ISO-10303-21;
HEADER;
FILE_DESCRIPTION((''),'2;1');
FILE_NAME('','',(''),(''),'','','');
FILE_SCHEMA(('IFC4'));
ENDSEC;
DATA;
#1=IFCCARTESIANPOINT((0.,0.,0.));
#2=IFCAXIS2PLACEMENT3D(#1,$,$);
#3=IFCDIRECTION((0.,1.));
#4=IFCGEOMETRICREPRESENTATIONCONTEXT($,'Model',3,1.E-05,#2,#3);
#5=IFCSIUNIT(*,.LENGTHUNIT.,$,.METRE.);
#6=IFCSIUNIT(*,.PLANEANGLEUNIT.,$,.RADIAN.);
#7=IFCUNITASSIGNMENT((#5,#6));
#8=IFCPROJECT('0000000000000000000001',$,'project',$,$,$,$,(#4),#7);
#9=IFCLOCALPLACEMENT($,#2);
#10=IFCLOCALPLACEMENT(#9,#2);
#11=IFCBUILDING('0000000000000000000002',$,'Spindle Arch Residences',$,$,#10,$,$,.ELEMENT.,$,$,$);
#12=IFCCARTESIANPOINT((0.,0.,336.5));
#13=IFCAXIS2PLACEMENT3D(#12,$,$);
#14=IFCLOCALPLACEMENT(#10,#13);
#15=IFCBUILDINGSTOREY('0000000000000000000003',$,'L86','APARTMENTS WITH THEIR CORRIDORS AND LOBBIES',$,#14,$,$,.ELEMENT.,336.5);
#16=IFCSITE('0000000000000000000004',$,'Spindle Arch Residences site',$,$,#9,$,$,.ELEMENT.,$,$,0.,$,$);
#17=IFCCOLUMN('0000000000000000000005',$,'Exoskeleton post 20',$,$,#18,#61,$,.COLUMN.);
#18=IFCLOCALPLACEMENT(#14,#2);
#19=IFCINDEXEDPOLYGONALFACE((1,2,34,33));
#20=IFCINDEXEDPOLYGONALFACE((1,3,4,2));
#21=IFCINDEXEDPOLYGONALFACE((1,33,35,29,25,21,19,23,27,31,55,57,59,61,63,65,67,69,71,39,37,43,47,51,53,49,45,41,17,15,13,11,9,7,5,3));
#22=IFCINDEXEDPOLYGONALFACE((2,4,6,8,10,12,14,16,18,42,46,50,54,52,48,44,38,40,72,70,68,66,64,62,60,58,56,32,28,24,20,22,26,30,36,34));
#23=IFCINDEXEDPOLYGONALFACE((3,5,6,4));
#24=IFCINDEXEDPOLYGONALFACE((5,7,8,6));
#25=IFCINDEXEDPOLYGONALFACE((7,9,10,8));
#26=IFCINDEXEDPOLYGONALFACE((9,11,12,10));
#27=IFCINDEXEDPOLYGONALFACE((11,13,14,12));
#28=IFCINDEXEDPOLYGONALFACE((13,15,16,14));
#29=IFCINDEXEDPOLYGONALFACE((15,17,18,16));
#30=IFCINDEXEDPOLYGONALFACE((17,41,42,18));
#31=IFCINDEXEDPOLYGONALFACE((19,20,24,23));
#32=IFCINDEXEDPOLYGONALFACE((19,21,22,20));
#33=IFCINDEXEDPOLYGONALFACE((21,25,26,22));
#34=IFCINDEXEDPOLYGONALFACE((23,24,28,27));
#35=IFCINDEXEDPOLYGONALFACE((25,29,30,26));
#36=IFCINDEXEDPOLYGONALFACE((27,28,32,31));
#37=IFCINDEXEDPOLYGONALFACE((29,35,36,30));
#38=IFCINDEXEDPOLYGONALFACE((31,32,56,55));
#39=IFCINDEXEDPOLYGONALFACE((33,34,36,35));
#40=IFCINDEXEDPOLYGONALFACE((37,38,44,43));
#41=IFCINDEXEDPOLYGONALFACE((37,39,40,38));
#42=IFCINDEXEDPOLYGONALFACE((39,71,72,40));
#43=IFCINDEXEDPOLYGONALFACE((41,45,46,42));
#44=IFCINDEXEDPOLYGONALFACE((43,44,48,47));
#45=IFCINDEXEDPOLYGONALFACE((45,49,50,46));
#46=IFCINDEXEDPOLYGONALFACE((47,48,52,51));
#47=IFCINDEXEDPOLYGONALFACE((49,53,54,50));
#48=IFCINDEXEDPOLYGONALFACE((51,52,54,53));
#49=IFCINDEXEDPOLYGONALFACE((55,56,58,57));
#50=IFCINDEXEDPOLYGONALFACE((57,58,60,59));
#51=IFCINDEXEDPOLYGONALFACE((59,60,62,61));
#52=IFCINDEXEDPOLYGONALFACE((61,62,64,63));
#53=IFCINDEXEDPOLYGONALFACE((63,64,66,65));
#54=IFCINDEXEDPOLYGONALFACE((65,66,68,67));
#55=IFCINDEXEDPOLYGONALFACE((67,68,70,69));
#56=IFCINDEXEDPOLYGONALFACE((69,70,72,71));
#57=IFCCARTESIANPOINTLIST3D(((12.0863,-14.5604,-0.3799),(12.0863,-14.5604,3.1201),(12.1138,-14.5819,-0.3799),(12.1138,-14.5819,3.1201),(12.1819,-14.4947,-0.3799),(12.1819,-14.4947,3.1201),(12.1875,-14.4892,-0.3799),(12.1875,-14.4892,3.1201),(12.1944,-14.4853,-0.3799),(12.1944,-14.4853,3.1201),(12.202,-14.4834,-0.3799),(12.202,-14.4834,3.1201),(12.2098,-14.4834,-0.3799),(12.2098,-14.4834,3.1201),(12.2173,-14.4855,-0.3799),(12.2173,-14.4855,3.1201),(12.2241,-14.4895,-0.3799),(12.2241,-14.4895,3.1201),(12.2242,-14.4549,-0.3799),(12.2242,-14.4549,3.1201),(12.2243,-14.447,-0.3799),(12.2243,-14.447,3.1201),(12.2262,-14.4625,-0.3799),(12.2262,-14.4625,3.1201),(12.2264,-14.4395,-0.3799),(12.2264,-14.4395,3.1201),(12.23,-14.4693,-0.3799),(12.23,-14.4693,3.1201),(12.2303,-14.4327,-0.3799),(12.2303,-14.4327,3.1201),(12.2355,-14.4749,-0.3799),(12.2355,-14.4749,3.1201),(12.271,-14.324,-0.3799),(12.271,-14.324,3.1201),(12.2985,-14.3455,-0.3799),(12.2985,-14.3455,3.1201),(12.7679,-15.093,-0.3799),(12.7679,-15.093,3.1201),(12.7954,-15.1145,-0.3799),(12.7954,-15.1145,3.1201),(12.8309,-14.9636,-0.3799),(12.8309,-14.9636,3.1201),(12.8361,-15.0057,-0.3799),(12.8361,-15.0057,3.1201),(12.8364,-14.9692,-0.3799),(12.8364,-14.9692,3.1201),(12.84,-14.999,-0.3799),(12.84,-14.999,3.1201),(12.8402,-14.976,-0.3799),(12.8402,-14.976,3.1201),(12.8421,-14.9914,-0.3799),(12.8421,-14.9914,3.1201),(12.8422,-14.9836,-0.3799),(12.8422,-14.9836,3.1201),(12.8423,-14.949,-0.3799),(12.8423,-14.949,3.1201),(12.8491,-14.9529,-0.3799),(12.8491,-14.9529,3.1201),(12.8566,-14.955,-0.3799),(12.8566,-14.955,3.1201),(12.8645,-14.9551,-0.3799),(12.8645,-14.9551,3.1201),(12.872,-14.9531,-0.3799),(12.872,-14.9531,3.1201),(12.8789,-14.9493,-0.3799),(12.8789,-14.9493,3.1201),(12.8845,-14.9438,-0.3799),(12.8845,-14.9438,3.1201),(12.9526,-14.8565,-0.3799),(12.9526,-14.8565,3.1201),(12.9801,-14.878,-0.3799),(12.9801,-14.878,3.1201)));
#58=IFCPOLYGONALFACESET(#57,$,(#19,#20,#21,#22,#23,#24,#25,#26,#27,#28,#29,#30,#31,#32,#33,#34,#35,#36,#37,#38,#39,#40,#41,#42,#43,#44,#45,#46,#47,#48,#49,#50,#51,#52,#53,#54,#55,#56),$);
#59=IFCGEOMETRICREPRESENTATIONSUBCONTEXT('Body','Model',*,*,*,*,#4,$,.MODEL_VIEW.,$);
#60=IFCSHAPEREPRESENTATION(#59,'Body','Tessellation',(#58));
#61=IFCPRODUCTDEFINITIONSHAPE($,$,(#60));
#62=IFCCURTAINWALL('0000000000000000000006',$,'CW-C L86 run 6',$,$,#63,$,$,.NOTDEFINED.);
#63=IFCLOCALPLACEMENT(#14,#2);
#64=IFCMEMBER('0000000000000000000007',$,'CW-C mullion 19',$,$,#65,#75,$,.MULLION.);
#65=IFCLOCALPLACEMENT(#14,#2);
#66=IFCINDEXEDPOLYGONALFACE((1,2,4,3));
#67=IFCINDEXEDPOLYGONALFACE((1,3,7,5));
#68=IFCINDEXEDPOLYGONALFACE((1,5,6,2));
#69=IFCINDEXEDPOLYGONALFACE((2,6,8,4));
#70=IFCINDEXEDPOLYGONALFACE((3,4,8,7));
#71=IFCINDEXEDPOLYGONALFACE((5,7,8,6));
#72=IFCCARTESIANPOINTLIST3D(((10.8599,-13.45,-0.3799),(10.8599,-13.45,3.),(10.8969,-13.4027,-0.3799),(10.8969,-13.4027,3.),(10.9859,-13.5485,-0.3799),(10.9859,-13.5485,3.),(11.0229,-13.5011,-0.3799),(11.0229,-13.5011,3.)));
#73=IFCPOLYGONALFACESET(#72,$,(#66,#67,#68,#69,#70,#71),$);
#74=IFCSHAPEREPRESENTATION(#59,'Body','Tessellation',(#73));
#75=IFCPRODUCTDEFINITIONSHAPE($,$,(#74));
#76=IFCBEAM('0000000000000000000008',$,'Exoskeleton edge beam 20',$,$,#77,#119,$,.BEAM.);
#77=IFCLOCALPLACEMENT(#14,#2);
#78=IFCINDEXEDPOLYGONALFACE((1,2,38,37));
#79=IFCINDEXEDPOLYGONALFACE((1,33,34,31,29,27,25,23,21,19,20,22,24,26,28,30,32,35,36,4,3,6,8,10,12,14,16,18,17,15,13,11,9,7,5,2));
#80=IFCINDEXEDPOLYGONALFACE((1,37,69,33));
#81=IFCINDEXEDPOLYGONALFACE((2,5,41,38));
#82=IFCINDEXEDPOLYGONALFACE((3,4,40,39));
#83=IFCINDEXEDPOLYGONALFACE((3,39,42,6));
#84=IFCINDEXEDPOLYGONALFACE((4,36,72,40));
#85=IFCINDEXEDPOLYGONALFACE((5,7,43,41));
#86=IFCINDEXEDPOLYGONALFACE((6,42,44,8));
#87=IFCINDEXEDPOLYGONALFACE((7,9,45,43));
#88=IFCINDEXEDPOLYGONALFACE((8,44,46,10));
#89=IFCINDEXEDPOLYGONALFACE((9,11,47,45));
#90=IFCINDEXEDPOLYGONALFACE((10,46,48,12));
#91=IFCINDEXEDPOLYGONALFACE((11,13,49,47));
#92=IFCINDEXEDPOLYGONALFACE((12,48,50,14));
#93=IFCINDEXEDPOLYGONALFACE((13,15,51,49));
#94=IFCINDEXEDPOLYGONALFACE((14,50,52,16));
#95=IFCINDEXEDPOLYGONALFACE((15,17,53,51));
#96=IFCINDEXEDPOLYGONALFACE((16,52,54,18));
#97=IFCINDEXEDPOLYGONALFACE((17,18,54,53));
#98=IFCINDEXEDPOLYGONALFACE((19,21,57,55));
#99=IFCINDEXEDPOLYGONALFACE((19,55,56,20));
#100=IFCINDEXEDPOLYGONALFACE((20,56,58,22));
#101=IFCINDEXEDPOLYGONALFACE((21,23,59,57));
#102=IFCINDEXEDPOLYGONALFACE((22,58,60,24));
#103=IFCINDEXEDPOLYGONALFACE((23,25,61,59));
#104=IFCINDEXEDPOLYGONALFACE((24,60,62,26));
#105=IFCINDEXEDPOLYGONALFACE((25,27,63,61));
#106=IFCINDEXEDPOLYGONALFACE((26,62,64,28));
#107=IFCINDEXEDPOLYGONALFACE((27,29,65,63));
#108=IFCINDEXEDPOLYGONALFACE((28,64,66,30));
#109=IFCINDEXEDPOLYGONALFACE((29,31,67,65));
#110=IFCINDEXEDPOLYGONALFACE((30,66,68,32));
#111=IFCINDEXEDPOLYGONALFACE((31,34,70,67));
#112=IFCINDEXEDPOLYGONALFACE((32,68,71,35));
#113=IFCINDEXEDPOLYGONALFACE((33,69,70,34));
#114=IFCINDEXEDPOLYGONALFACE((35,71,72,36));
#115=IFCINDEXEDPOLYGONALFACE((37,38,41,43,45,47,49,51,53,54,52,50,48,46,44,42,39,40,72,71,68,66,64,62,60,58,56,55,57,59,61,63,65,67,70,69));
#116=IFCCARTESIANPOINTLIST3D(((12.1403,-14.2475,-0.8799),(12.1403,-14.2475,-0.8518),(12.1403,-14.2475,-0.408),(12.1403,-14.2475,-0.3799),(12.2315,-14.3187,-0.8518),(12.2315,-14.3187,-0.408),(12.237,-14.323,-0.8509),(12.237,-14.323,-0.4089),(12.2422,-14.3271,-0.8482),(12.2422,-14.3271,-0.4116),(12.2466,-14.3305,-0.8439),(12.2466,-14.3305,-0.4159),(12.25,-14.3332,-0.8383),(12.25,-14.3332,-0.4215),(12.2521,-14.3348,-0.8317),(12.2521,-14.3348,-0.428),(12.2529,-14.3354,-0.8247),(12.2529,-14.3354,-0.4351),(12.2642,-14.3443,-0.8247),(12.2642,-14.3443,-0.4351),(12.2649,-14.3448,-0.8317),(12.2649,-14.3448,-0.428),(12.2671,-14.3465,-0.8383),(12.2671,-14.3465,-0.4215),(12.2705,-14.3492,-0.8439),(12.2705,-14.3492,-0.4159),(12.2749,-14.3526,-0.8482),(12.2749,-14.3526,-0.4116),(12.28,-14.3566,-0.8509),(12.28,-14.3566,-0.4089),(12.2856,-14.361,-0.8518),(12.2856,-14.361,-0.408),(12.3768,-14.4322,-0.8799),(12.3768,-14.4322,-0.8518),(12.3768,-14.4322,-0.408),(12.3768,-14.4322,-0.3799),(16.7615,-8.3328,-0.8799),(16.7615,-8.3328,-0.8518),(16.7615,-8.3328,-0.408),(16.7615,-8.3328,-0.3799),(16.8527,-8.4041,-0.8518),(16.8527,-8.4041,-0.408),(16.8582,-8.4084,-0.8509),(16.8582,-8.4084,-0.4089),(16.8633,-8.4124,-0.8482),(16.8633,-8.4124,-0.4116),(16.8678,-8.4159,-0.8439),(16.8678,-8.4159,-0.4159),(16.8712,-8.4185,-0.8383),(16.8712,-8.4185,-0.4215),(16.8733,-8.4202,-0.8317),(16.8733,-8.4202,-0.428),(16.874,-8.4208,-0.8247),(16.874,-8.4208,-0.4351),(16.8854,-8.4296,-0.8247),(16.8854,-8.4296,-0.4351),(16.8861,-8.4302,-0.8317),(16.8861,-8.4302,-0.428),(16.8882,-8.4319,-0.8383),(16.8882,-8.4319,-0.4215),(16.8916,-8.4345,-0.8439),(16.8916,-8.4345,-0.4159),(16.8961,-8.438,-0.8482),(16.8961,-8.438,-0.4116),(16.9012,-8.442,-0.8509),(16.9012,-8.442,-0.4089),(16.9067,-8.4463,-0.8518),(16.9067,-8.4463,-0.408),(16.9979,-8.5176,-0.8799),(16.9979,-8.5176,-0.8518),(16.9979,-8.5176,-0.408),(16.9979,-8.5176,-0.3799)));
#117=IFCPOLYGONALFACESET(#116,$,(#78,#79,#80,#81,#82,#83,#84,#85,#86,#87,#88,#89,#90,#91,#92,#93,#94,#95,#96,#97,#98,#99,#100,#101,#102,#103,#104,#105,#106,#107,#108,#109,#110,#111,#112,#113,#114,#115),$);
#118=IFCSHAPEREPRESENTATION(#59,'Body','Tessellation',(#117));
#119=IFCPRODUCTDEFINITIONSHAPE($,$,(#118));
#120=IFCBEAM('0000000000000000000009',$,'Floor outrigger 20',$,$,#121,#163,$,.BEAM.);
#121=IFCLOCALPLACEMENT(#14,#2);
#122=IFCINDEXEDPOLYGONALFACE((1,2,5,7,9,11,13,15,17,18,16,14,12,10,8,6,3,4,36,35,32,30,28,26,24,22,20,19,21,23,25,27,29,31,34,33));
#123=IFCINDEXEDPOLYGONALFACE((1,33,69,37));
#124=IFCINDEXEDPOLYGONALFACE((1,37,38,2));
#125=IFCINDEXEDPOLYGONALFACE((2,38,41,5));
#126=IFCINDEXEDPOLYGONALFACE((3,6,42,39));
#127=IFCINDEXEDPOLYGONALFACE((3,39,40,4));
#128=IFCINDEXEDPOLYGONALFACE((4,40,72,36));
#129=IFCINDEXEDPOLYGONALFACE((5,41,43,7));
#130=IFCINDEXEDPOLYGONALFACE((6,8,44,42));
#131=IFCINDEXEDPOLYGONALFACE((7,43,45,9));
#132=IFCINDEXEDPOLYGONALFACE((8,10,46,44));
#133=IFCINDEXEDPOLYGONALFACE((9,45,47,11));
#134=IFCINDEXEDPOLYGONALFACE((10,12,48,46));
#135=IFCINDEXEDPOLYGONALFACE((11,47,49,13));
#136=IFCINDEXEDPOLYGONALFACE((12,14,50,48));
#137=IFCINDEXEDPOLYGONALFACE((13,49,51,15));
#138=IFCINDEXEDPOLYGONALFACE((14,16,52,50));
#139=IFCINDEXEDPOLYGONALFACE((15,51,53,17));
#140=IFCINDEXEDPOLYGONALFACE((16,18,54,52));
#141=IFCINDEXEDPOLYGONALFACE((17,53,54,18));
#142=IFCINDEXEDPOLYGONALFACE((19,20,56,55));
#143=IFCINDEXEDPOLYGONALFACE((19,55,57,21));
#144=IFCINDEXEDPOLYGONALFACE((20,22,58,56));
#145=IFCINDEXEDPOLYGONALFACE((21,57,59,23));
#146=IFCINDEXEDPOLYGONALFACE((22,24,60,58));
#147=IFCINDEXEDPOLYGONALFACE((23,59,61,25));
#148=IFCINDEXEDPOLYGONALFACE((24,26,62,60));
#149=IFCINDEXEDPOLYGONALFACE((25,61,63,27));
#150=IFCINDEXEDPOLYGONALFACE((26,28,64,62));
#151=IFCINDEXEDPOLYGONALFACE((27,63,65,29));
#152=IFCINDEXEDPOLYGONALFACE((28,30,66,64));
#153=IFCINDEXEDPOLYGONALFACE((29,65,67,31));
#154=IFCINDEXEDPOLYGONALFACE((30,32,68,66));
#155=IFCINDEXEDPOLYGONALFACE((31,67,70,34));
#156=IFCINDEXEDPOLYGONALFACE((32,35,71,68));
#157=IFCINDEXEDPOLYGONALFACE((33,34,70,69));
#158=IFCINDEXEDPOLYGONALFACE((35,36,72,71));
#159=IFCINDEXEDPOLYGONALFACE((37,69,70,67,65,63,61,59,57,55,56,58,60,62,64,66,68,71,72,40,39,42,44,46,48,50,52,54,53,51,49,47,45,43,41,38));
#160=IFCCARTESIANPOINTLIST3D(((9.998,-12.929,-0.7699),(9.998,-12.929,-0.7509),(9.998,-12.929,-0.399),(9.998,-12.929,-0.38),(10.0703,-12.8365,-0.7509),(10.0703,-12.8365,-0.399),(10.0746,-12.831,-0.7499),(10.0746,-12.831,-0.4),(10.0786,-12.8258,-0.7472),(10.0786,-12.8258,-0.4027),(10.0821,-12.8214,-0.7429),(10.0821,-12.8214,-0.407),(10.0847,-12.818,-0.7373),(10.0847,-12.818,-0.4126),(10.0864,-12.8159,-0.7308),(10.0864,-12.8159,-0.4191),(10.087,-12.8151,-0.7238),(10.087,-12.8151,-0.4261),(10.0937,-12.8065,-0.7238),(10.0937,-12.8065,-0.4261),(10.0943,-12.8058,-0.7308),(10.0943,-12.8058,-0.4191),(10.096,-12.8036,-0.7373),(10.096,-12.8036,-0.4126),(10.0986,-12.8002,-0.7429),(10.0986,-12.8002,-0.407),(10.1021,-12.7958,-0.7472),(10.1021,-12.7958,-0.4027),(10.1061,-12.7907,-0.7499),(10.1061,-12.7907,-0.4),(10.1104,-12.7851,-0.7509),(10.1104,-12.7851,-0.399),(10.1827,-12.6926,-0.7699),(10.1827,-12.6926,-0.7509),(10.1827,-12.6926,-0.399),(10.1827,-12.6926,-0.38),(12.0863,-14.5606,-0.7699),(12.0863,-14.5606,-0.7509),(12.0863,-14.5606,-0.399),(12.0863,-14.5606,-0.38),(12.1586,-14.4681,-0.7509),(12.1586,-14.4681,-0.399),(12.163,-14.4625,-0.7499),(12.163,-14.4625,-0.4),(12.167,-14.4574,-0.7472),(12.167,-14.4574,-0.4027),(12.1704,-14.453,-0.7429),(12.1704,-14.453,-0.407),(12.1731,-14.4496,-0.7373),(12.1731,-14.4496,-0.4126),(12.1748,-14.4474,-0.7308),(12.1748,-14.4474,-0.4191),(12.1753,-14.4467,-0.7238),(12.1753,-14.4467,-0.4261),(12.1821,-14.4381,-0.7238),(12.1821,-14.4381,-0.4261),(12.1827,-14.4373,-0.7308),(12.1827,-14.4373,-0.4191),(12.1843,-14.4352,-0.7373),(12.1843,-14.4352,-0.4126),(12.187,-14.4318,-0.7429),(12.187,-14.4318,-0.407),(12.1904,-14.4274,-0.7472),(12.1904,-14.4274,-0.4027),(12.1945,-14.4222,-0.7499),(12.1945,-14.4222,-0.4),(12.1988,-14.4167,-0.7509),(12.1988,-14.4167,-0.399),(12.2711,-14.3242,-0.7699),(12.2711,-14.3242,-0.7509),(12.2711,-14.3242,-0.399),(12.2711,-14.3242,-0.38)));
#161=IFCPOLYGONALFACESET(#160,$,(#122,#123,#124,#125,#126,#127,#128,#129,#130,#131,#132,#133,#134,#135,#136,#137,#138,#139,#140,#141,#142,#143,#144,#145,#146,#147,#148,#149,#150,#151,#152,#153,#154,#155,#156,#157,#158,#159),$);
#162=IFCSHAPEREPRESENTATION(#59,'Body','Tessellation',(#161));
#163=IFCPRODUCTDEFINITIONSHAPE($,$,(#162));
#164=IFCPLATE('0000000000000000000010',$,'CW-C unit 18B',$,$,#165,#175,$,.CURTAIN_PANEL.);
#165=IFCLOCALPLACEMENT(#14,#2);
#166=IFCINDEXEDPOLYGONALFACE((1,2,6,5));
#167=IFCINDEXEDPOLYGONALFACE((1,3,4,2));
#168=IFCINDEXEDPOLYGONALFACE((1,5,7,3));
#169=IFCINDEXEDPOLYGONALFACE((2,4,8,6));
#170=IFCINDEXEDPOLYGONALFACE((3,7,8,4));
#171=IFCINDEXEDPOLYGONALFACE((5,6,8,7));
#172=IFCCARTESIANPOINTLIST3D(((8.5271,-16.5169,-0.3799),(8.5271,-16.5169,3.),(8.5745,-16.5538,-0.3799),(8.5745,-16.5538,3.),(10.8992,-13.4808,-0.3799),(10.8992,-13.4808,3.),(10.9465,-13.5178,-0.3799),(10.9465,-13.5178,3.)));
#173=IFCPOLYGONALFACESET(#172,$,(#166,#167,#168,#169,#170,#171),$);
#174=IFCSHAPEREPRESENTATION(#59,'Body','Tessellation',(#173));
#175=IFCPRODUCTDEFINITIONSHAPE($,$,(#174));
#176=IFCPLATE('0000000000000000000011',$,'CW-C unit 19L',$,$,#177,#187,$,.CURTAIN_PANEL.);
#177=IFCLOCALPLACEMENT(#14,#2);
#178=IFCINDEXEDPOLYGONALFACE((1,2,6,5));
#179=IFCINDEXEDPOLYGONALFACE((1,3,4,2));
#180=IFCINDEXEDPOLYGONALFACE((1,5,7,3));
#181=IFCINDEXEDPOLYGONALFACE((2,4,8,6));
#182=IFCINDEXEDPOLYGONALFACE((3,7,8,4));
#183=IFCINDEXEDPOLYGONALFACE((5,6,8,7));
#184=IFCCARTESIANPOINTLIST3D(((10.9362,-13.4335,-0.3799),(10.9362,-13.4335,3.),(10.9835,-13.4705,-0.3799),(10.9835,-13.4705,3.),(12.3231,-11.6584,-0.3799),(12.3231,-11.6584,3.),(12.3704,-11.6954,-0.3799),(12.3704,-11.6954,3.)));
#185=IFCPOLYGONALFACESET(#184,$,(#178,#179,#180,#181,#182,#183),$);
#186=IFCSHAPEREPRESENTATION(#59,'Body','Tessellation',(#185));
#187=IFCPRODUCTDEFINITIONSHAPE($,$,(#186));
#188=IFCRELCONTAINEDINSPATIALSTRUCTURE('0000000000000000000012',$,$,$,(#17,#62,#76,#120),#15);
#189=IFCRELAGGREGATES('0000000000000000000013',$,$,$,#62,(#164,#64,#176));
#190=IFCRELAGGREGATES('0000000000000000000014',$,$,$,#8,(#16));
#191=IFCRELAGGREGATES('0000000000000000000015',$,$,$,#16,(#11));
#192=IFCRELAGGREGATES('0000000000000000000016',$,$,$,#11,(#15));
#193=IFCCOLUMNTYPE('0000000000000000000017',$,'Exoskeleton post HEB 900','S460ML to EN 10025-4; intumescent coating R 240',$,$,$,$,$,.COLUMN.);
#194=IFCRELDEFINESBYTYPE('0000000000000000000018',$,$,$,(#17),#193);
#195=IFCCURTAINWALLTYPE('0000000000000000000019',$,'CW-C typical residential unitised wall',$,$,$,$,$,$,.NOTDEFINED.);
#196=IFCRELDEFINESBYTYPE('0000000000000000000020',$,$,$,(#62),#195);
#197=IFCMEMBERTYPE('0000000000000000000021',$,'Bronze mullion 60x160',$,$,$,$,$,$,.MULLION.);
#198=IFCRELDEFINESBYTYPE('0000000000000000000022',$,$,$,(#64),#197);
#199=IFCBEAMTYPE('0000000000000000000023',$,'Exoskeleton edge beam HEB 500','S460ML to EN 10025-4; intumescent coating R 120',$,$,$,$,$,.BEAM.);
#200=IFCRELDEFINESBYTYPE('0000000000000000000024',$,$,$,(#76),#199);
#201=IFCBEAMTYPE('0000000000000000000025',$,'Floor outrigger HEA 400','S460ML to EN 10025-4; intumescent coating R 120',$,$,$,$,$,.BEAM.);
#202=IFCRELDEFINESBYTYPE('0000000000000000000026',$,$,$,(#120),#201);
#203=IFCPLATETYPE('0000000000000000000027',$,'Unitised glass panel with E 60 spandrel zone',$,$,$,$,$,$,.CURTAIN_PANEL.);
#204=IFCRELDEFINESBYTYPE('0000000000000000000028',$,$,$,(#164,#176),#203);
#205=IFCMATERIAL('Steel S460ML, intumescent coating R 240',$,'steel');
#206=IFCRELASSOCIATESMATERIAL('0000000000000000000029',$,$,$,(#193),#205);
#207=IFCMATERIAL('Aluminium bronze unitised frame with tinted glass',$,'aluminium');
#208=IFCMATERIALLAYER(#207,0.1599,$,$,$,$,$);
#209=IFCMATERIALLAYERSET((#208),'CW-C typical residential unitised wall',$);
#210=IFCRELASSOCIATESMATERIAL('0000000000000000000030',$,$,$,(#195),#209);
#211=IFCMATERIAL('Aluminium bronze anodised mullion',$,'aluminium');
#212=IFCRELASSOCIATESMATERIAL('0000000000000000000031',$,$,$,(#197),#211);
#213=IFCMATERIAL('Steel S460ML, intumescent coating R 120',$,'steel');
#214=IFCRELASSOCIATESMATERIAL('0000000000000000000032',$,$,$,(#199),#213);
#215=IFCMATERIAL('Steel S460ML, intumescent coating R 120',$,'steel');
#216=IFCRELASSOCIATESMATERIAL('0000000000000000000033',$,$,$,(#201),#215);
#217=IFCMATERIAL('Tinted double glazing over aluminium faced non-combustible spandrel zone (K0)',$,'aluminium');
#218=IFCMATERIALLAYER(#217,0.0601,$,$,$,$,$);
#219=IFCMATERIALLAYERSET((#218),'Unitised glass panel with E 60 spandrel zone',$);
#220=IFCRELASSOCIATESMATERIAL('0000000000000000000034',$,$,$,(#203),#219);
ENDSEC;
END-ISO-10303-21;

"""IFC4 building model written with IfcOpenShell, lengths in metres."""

from ifc_helpers import new_model, si_unit, direction, frame, origin, origin_2d, place, context, subcontext, project, spatial, rectangle, i_section, extrude, material, layer, layer_set, material_profile, profile_set, type_object, element, aggregate, save


model = new_model("IFC4")

# Units and contexts
model_context = context("Model", 3, precision=1e-05, world=origin(), true_north=direction((0.0, 1.0)))
body_context = subcontext(model_context, "Body", "Model", "MODEL_VIEW")
ifc_project = project(units=[si_unit("LENGTHUNIT", "METRE"), si_unit("PLANEANGLEUNIT", "RADIAN")], contexts=[model_context])

# Site, building, storey
site_placement = place(None, origin())
site = spatial("IfcSite", under=ifc_project, at=site_placement, Name="Spindle Arch Residences site", CompositionType="ELEMENT", RefElevation=0.0)
building_placement = place(site_placement, origin())
building = spatial("IfcBuilding", under=site, at=building_placement, Name="Spindle Arch Residences", CompositionType="ELEMENT")
storey_placement = place(building_placement, frame((0.0, 0.0, 336.5)))
storey = spatial("IfcBuildingStorey", under=building, at=storey_placement, Name="L86", Description="APARTMENTS WITH THEIR CORRIDORS AND LOBBIES", CompositionType="ELEMENT", Elevation=336.5)

# Column
ifc_material_1 = material(Name="Steel S460ML, intumescent coating R 240", Category="steel")
ifc_material_profile_1 = material_profile(ifc_material_1, i_section(OverallWidth=0.3, OverallDepth=0.8999, WebThickness=0.0186, FlangeThickness=0.0349, FilletRadius=0.03, at=origin_2d()), Name="HEB 900")
ifc_profile_set_1 = profile_set([ifc_material_profile_1], Name="Steel S460ML, intumescent coating R 240")
column_type = type_object("IfcColumnType", Name="Exoskeleton post HEB 900", Description="S460ML to EN 10025-4; intumescent coating R 240", PredefinedType="COLUMN", material=ifc_profile_set_1)
column_placement = place(storey_placement, frame((12.5332, -14.7192, -0.3799), z_axis=(0.0, 0.0, 1.0), x_axis=(-0.615661, -0.788011, 0.0)))
element("IfcColumn", 1, at=column_placement, inside=storey, type_object=column_type, Name="Exoskeleton post 20", PredefinedType="COLUMN", context=body_context, shape_type="SweptSolid", body=[
    extrude(i_section(OverallWidth=0.3, OverallDepth=0.8999, WebThickness=0.0186, FlangeThickness=0.0349, FilletRadius=0.03, at=origin_2d()), origin(), (0.0, 0.0, 1.0), 3.5),
])

# Curtain wall, member
ifc_material_2 = material(Name="Aluminium bronze unitised frame with tinted glass", Category="aluminium")
ifc_layer_1 = layer(ifc_material_2, 0.1599)
ifc_layer_set_1 = layer_set([ifc_layer_1], Name="CW-C typical residential unitised wall")
curtain_wall_type = type_object("IfcCurtainWallType", Name="CW-C typical residential unitised wall", PredefinedType="NOTDEFINED", material=ifc_layer_set_1)
curtain_wall_placement = place(storey_placement, origin())
curtain_wall = element("IfcCurtainWall", 2, at=curtain_wall_placement, inside=storey, type_object=curtain_wall_type, Name="CW-C L86 run 6", PredefinedType="NOTDEFINED")
ifc_material_3 = material(Name="Aluminium bronze anodised mullion", Category="aluminium")
ifc_material_profile_2 = material_profile(ifc_material_3, rectangle(XDim=0.1599, YDim=0.0601, at=origin_2d()), Name="MU 60x160")
ifc_profile_set_2 = profile_set([ifc_material_profile_2], Name="Aluminium bronze anodised mullion")
member_type = type_object("IfcMemberType", Name="Bronze mullion 60x160", PredefinedType="MULLION", material=ifc_profile_set_2)
member_placement = place(storey_placement, frame((10.9414, -13.4756, -0.3799), z_axis=(0.0, 0.0, 1.0), x_axis=(-0.788011, 0.615661, 0.0)))
member = element("IfcMember", 3, at=member_placement, type_object=member_type, Name="CW-C mullion 19", PredefinedType="MULLION", context=body_context, shape_type="SweptSolid", body=[
    extrude(rectangle(XDim=0.1599, YDim=0.0601, at=origin_2d()), origin(), (0.0, 0.0, 1.0), 3.3799),
])

# Beams
ifc_material_4 = material(Name="Steel S460ML, intumescent coating R 120", Category="steel")
ifc_material_profile_3 = material_profile(ifc_material_4, i_section(OverallWidth=0.3, OverallDepth=0.5, WebThickness=0.0144, FlangeThickness=0.0281, FilletRadius=0.0271, at=origin_2d()), Name="HEB 500")
ifc_profile_set_3 = profile_set([ifc_material_profile_3], Name="Steel S460ML, intumescent coating R 120")
beam_type_1 = type_object("IfcBeamType", Name="Exoskeleton edge beam HEB 500", Description="S460ML to EN 10025-4; intumescent coating R 120", PredefinedType="BEAM", material=ifc_profile_set_3)
beam_1_placement = place(storey_placement, frame((12.2585, -14.3398, -0.6299), z_axis=(0.615673, 0.788002, 0.0), x_axis=(-0.788002, 0.615673, 0.0)))
element("IfcBeam", 4, at=beam_1_placement, inside=storey, type_object=beam_type_1, Name="Exoskeleton edge beam 20", PredefinedType="BEAM", context=body_context, shape_type="SweptSolid", body=[
    extrude(i_section(OverallWidth=0.3, OverallDepth=0.5, WebThickness=0.0144, FlangeThickness=0.0281, FilletRadius=0.0271, at=origin_2d()), origin(), (0.0, 0.0, 1.0), 7.5059),
])
ifc_material_5 = material(Name="Steel S460ML, intumescent coating R 120", Category="steel")
ifc_material_profile_4 = material_profile(ifc_material_5, i_section(OverallWidth=0.3, OverallDepth=0.3899, WebThickness=0.011, FlangeThickness=0.019, FilletRadius=0.0271, at=origin_2d()), Name="HEA 400")
ifc_profile_set_4 = profile_set([ifc_material_profile_4], Name="Steel S460ML, intumescent coating R 120")
beam_type_2 = type_object("IfcBeamType", Name="Floor outrigger HEA 400", Description="S460ML to EN 10025-4; intumescent coating R 120", PredefinedType="BEAM", material=ifc_profile_set_4)
beam_2_placement = place(storey_placement, frame((12.1787, -14.4424, -0.575), z_axis=(-0.788016, 0.615655, 0.0), x_axis=(-0.615655, -0.788016, 0.0)))
element("IfcBeam", 5, at=beam_2_placement, inside=storey, type_object=beam_type_2, Name="Floor outrigger 20", PredefinedType="BEAM", context=body_context, shape_type="SweptSolid", body=[
    extrude(i_section(OverallWidth=0.3, OverallDepth=0.3899, WebThickness=0.011, FlangeThickness=0.019, FilletRadius=0.0271, at=origin_2d()), origin(), (0.0, 0.0, 1.0), 2.6501),
])

# Plates
ifc_material_6 = material(Name="Tinted double glazing over aluminium faced non-combustible spandrel zone (K0)", Category="aluminium")
ifc_layer_2 = layer(ifc_material_6, 0.0601)
ifc_layer_set_2 = layer_set([ifc_layer_2], Name="Unitised glass panel with E 60 spandrel zone")
plate_type = type_object("IfcPlateType", Name="Unitised glass panel with E 60 spandrel zone", PredefinedType="CURTAIN_PANEL", material=ifc_layer_set_2)
plate_1_placement = place(storey_placement, frame((9.7368, -15.0173, -0.3799), z_axis=(0.0, 0.0, 1.0), x_axis=(0.615661, 0.788011, 0.0)))
plate_1 = element("IfcPlate", 6, at=plate_1_placement, type_object=plate_type, Name="CW-C unit 18B", PredefinedType="CURTAIN_PANEL", context=body_context, shape_type="SweptSolid", body=[
    extrude(rectangle(XDim=3.8528, YDim=0.0601, at=origin_2d()), origin(), (0.0, 0.0, 1.0), 3.3799),
])
plate_2_placement = place(storey_placement, frame((11.6533, -12.5645, -0.3799), z_axis=(0.0, 0.0, 1.0), x_axis=(0.615661, 0.788011, 0.0)))
plate_2 = element("IfcPlate", 7, at=plate_2_placement, type_object=plate_type, Name="CW-C unit 19L", PredefinedType="CURTAIN_PANEL", context=body_context, shape_type="SweptSolid", body=[
    extrude(rectangle(XDim=2.2527, YDim=0.0601, at=origin_2d()), origin(), (0.0, 0.0, 1.0), 3.3799),
])
aggregate(curtain_wall, [plate_1, member, plate_2])

save(model, "model.ifc")
